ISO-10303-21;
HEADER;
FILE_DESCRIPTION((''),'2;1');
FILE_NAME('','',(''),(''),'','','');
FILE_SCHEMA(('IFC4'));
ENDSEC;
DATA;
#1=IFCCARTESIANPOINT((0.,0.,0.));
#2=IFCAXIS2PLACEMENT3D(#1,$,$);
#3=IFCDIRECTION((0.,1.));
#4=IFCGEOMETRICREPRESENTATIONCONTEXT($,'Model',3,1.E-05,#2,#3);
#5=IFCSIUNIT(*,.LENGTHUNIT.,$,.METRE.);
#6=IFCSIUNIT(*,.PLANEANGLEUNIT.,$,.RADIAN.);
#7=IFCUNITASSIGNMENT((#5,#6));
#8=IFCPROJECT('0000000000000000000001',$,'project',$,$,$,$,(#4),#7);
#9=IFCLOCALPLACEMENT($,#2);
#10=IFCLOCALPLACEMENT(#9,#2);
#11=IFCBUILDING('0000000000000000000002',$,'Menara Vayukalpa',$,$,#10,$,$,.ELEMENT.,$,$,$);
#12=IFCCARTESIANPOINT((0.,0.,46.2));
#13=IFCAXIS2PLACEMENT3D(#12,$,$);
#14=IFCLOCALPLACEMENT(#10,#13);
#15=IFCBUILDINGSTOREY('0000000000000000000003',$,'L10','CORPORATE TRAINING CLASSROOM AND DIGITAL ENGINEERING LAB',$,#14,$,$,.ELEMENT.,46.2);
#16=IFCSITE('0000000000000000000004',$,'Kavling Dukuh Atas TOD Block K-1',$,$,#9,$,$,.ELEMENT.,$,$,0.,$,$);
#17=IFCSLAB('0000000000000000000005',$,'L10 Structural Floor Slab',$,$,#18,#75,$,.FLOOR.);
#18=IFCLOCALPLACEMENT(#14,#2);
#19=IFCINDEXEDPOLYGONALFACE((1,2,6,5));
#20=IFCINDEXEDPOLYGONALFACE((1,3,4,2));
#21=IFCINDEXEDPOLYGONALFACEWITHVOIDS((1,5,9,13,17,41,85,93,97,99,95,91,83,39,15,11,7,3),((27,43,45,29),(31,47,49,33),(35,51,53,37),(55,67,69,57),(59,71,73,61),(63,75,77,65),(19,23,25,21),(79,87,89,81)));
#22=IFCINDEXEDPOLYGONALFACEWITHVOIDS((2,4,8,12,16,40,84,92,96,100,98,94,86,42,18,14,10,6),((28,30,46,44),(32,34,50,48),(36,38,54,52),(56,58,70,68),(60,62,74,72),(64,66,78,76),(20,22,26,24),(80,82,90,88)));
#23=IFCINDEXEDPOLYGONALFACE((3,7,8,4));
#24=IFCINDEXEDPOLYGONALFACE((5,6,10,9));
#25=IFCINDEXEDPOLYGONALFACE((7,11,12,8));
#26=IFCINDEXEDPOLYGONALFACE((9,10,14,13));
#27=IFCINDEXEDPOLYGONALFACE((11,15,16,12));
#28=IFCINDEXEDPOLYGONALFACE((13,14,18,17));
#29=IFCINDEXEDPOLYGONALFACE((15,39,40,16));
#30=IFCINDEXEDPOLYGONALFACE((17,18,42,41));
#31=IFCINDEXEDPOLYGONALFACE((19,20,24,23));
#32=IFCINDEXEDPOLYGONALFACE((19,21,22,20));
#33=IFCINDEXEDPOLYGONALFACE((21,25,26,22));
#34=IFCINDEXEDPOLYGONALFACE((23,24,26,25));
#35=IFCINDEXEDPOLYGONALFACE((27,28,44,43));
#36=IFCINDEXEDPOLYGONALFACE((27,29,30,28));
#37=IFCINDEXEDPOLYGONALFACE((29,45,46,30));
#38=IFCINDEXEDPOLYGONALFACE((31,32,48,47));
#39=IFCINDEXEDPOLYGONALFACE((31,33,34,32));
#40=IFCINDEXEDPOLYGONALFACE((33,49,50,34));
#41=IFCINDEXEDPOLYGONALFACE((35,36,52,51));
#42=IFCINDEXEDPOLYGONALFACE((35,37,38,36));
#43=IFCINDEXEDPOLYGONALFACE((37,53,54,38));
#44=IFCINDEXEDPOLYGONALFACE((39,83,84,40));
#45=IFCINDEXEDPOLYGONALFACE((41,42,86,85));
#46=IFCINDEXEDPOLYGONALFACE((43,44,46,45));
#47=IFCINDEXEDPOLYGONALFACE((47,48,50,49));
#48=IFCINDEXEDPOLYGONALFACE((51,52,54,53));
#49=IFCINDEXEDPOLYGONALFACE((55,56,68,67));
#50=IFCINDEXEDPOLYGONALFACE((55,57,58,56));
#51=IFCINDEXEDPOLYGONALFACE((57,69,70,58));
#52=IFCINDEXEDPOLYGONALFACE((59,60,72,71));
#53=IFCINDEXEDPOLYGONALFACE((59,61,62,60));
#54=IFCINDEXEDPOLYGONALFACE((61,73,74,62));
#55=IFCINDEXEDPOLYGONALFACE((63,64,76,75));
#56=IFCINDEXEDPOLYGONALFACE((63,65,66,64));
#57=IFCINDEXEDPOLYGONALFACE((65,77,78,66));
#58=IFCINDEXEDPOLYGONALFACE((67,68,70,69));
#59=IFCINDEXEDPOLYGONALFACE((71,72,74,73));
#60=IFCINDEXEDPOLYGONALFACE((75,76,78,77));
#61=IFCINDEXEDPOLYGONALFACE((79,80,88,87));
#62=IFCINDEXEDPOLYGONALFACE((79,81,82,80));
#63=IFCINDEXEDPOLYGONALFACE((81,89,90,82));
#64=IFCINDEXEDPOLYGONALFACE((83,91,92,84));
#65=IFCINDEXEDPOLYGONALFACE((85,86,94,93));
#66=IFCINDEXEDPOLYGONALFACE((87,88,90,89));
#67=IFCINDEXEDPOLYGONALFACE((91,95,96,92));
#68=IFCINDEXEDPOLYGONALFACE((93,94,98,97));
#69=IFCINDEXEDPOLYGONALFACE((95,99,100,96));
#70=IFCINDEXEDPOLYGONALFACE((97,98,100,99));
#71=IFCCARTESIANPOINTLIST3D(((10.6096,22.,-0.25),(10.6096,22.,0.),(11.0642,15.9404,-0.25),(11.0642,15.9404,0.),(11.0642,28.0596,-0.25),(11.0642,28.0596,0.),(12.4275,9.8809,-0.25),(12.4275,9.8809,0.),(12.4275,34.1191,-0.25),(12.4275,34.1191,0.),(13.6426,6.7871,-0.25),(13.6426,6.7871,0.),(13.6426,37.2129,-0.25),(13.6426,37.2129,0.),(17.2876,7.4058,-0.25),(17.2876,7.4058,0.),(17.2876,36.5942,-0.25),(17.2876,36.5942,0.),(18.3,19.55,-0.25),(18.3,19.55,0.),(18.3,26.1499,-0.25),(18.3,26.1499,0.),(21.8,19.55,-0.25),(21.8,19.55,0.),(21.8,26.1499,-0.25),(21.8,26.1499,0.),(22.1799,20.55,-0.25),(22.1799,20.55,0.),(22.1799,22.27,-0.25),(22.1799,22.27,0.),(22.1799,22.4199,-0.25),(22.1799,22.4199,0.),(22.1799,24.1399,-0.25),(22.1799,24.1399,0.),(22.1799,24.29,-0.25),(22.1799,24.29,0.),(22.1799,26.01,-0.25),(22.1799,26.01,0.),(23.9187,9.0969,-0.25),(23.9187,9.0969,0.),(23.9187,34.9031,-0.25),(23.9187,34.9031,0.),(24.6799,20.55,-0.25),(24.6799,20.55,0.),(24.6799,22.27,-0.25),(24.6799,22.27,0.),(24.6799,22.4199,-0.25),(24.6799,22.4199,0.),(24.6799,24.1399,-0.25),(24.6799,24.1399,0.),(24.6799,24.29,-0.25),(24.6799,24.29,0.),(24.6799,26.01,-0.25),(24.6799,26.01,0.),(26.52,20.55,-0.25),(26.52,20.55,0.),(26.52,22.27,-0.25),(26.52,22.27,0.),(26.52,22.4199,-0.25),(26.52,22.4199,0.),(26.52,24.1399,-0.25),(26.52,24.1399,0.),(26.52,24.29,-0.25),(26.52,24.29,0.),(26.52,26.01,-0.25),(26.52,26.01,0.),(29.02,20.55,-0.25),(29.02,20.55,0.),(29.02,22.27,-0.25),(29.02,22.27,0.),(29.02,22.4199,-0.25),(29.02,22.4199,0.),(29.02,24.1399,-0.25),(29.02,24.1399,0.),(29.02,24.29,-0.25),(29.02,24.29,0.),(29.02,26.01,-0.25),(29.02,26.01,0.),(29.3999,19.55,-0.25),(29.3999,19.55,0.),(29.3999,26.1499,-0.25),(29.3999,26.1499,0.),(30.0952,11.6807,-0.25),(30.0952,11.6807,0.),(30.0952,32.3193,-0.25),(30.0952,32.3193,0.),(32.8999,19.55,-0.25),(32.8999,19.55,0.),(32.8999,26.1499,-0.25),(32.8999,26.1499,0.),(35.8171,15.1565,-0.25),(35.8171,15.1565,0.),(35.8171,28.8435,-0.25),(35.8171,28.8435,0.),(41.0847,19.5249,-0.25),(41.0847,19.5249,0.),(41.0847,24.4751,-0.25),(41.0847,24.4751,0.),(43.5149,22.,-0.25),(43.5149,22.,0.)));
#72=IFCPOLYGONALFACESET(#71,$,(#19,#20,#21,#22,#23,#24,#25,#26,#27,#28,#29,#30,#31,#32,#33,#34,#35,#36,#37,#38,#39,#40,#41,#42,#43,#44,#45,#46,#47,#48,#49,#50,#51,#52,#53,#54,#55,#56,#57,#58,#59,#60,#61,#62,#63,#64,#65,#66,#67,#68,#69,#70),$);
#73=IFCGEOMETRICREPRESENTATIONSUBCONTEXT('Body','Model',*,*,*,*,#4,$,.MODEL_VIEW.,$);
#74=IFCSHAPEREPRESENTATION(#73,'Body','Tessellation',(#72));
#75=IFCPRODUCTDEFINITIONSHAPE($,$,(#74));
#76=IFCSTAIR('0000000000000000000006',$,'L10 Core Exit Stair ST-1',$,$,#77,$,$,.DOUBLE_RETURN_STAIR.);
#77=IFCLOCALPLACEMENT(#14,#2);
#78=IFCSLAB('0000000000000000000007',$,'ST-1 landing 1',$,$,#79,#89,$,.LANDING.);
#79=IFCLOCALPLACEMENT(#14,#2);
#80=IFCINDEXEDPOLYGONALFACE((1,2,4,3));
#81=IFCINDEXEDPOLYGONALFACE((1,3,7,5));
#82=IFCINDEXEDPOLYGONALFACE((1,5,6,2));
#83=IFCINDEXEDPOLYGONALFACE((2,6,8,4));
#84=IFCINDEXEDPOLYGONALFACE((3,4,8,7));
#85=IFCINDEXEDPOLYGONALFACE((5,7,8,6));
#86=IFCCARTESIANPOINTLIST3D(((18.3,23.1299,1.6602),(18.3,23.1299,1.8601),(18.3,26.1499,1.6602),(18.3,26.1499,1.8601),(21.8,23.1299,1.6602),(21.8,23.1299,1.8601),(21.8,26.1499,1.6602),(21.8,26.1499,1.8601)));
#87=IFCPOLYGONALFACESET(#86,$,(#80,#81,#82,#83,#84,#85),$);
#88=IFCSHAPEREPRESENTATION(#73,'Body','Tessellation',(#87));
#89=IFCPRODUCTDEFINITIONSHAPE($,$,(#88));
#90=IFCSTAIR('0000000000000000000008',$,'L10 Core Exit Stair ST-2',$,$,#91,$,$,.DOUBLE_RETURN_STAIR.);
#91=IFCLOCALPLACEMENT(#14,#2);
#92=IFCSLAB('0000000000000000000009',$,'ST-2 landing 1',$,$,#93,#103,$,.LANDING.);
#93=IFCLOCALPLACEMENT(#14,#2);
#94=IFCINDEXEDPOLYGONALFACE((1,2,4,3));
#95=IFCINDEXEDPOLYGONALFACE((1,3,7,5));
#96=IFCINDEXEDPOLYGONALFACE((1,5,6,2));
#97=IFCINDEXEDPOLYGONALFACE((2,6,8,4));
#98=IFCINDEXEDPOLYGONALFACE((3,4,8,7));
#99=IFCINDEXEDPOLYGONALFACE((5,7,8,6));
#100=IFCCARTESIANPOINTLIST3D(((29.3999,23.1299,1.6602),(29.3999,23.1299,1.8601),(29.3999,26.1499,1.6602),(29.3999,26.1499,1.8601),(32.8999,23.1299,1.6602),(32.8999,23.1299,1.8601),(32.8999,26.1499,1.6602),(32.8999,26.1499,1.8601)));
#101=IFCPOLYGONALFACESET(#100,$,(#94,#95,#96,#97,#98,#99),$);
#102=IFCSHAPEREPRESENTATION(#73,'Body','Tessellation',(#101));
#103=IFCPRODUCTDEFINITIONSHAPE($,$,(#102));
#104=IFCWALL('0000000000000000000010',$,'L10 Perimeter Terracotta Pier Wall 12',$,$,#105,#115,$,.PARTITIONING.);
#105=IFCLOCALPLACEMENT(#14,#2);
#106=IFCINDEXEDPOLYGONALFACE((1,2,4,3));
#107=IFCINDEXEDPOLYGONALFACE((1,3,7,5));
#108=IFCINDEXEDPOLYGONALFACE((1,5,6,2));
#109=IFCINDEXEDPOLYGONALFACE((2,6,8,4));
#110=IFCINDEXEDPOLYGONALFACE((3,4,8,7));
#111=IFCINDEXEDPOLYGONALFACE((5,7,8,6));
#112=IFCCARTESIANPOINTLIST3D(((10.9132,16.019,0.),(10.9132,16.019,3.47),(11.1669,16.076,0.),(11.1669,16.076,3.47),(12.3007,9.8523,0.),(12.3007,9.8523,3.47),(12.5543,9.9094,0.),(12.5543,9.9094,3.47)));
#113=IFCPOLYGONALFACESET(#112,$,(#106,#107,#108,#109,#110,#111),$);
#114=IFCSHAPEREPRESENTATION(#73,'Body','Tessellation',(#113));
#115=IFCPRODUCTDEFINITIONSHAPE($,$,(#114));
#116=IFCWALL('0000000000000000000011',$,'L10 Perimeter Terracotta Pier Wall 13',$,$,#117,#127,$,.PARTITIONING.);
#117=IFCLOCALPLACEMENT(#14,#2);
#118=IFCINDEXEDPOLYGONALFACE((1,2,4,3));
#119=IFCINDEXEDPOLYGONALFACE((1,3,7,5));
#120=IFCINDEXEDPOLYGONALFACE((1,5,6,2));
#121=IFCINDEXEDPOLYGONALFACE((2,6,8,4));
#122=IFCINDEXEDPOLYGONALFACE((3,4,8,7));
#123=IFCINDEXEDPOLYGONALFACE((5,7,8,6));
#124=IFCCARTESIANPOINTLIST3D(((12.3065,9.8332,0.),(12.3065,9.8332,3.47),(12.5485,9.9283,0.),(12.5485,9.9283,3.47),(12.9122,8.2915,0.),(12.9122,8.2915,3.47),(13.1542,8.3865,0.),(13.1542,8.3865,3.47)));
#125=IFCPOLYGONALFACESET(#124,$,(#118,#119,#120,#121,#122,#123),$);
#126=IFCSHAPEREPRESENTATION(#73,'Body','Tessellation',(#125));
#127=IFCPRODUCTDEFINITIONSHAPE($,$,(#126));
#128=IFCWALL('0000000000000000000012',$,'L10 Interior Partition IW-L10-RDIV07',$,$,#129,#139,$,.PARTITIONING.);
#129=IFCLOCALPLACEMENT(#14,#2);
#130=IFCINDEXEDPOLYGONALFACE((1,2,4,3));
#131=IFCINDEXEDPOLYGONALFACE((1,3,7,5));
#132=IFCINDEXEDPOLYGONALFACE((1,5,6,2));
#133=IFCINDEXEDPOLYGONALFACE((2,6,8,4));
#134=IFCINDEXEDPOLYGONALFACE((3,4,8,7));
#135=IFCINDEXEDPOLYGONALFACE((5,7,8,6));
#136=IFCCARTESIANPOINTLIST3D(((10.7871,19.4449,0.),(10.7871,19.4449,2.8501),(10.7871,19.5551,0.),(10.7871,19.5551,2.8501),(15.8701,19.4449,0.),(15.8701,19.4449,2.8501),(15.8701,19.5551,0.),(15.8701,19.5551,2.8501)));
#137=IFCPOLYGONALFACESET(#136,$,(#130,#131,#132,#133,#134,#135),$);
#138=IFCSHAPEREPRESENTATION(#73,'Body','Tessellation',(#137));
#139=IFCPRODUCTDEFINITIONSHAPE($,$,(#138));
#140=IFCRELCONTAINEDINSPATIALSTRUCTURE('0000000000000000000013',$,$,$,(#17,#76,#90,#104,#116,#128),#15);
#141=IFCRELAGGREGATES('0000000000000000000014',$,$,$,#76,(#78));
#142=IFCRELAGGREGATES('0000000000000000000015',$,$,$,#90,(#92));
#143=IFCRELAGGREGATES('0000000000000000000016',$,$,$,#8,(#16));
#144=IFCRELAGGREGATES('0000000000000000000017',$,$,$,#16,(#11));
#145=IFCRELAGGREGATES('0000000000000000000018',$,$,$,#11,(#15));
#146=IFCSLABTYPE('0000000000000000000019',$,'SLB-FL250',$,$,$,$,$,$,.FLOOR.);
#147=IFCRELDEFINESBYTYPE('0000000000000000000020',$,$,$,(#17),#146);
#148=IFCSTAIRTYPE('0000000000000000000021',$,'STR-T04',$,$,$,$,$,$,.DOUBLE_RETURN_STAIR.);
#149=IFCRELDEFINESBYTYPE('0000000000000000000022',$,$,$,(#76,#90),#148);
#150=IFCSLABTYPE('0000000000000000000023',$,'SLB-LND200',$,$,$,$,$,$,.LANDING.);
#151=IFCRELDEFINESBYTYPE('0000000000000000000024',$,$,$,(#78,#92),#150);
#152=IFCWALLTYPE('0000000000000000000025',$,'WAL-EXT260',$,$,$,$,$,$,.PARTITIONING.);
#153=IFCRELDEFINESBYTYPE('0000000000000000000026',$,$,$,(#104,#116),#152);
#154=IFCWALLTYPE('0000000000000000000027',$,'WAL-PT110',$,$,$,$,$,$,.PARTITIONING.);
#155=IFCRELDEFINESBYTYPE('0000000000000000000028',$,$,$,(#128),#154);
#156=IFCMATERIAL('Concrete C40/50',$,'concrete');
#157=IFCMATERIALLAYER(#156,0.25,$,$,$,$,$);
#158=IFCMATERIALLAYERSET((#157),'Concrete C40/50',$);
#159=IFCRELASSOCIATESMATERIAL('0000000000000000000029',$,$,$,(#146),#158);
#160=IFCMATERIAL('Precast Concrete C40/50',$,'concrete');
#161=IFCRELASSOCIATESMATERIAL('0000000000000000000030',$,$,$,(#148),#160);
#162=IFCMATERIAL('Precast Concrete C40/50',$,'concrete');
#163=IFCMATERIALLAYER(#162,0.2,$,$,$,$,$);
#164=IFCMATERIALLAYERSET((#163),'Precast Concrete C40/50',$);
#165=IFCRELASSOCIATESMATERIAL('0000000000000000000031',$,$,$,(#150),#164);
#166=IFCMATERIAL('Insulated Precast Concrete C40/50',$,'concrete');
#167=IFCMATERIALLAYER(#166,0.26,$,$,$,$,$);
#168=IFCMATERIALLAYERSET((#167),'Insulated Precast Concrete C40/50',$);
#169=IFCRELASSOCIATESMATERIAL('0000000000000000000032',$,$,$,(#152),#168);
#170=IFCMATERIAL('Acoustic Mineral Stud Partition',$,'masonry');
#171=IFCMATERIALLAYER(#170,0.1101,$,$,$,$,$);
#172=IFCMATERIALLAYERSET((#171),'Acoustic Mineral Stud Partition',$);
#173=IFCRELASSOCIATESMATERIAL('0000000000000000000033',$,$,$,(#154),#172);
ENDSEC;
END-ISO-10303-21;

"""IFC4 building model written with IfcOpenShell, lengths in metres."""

from ifc_helpers import new_model, si_unit, direction, frame, frame_2d, origin, place, context, subcontext, project, spatial, polyline, rectangle, outline, extrude, material, layer, layer_set, type_object, element, aggregate, save


model = new_model("IFC4")

# Units and contexts
model_context = context("Model", 3, precision=1e-05, world=origin(), true_north=direction((0.0, 1.0)))
body_context = subcontext(model_context, "Body", "Model", "MODEL_VIEW")
ifc_project = project(units=[si_unit("LENGTHUNIT", "METRE"), si_unit("PLANEANGLEUNIT", "RADIAN")], contexts=[model_context])

# Site, building, storey
site_placement = place(None, origin())
site = spatial("IfcSite", under=ifc_project, at=site_placement, Name="Kavling Dukuh Atas TOD Block K-1", CompositionType="ELEMENT", RefElevation=0.0)
building_placement = place(site_placement, origin())
building = spatial("IfcBuilding", under=site, at=building_placement, Name="Menara Vayukalpa", CompositionType="ELEMENT")
storey_placement = place(building_placement, frame((0.0, 0.0, 46.2)))
storey = spatial("IfcBuildingStorey", under=building, at=storey_placement, Name="L10", Description="CORPORATE TRAINING CLASSROOM AND DIGITAL ENGINEERING LAB", CompositionType="ELEMENT", Elevation=46.2)

# Slab
ifc_material_1 = material(Name="Concrete C40/50", Category="concrete")
ifc_layer_1 = layer(ifc_material_1, 0.25)
ifc_layer_set_1 = layer_set([ifc_layer_1], Name="Concrete C40/50")
slab_type_1 = type_object("IfcSlabType", Name="SLB-FL250", PredefinedType="FLOOR", material=ifc_layer_set_1)
slab_1_placement = place(storey_placement, frame((0.0, 0.0, -0.25)))
element("IfcSlab", 1, at=slab_1_placement, inside=storey, type_object=slab_type_1, Name="L10 Structural Floor Slab", PredefinedType="FLOOR", context=body_context, shape_type="SweptSolid", body=[
    extrude(outline(polyline([(41.0847, 19.5249), (43.5149, 22.0), (41.0847, 24.4751), (35.8171, 28.8435), (30.0952, 32.3193), (23.9187, 34.9031), (17.2876, 36.5942), (13.6426, 37.2129), (12.4275, 34.1191), (11.0642, 28.0596), (10.6096, 22.0), (11.0642, 15.9404), (12.4275, 9.8809), (13.6426, 6.7871), (17.2876, 7.4058), (23.9187, 9.0969), (30.0952, 11.6807), (35.8171, 15.1565), (41.0847, 19.5249)]), holes=[polyline([(21.8, 19.55), (21.8, 26.1499), (18.3, 26.1499), (18.3, 19.55), (21.8, 19.55)]), polyline([(32.8999, 19.55), (32.8999, 26.1499), (29.3999, 26.1499), (29.3999, 19.55), (32.8999, 19.55)]), polyline([(22.1799, 20.55), (24.6799, 20.55), (24.6799, 22.27), (22.1799, 22.27), (22.1799, 20.55)]), polyline([(26.52, 20.55), (29.02, 20.55), (29.02, 22.27), (26.52, 22.27), (26.52, 20.55)]), polyline([(22.1799, 22.4199), (24.6799, 22.4199), (24.6799, 24.1399), (22.1799, 24.1399), (22.1799, 22.4199)]), polyline([(22.1799, 24.29), (24.6799, 24.29), (24.6799, 26.01), (22.1799, 26.01), (22.1799, 24.29)]), polyline([(26.52, 24.29), (29.02, 24.29), (29.02, 26.01), (26.52, 26.01), (26.52, 24.29)]), polyline([(26.52, 22.4199), (29.02, 22.4199), (29.02, 24.1399), (26.52, 24.1399), (26.52, 22.4199)])]), origin(), (0.0, 0.0, 1.0), 0.25),
])

# Stairs, slabs
ifc_material_2 = material(Name="Precast Concrete C40/50", Category="concrete")
stair_type = type_object("IfcStairType", Name="STR-T04", PredefinedType="DOUBLE_RETURN_STAIR", material=ifc_material_2)
stair_1_placement = place(storey_placement, origin())
stair_1 = element("IfcStair", 2, at=stair_1_placement, inside=storey, type_object=stair_type, Name="L10 Core Exit Stair ST-1", PredefinedType="DOUBLE_RETURN_STAIR")
ifc_material_3 = material(Name="Precast Concrete C40/50", Category="concrete")
ifc_layer_2 = layer(ifc_material_3, 0.2)
ifc_layer_set_2 = layer_set([ifc_layer_2], Name="Precast Concrete C40/50")
slab_type_2 = type_object("IfcSlabType", Name="SLB-LND200", PredefinedType="LANDING", material=ifc_layer_set_2)
slab_2_placement = place(storey_placement, frame((0.0, 0.0, 1.6602)))
slab_2 = element("IfcSlab", 3, at=slab_2_placement, type_object=slab_type_2, Name="ST-1 landing 1", PredefinedType="LANDING", context=body_context, shape_type="SweptSolid", body=[
    extrude(outline(polyline([(21.8, 23.1299), (21.8, 26.1499), (18.3, 26.1499), (18.3, 23.1299), (21.8, 23.1299)])), origin(), (0.0, 0.0, 1.0), 0.2),
])
aggregate(stair_1, [slab_2])
stair_2_placement = place(storey_placement, origin())
stair_2 = element("IfcStair", 4, at=stair_2_placement, inside=storey, type_object=stair_type, Name="L10 Core Exit Stair ST-2", PredefinedType="DOUBLE_RETURN_STAIR")
slab_3_placement = place(storey_placement, frame((0.0, 0.0, 1.6602)))
slab_3 = element("IfcSlab", 5, at=slab_3_placement, type_object=slab_type_2, Name="ST-2 landing 1", PredefinedType="LANDING", context=body_context, shape_type="SweptSolid", body=[
    extrude(outline(polyline([(32.8999, 23.1299), (32.8999, 26.1499), (29.3999, 26.1499), (29.3999, 23.1299), (32.8999, 23.1299)])), origin(), (0.0, 0.0, 1.0), 0.2),
])
aggregate(stair_2, [slab_3])

# Walls
ifc_material_4 = material(Name="Insulated Precast Concrete C40/50", Category="concrete")
ifc_layer_3 = layer(ifc_material_4, 0.26)
ifc_layer_set_3 = layer_set([ifc_layer_3], Name="Insulated Precast Concrete C40/50")
wall_type_1 = type_object("IfcWallType", Name="WAL-EXT260", PredefinedType="PARTITIONING", material=ifc_layer_set_3)
wall_1_placement = place(storey_placement, frame((12.4275, 9.8809, 0.0), z_axis=(0.0, 0.0, 1.0), x_axis=(-0.219502, 0.975612, 0.0)))
element("IfcWall", 6, at=wall_1_placement, inside=storey, type_object=wall_type_1, Name="L10 Perimeter Terracotta Pier Wall 12", PredefinedType="PARTITIONING", context=body_context, shape_type="SweptSolid", body=[
    extrude(rectangle(XDim=6.3208, YDim=0.26, at=frame_2d((3.1604, 0.0))), origin(), (0.0, 0.0, 1.0), 3.47),
])
wall_2_placement = place(storey_placement, frame((13.0332, 8.3391, 0.0), z_axis=(0.0, 0.0, 1.0), x_axis=(-0.365666, 0.930746, 0.0)))
element("IfcWall", 7, at=wall_2_placement, inside=storey, type_object=wall_type_1, Name="L10 Perimeter Terracotta Pier Wall 13", PredefinedType="PARTITIONING", context=body_context, shape_type="SweptSolid", body=[
    extrude(rectangle(XDim=1.6565, YDim=0.26, at=frame_2d((0.8281, 0.0))), origin(), (0.0, 0.0, 1.0), 3.47),
])
ifc_material_5 = material(Name="Acoustic Mineral Stud Partition", Category="masonry")
ifc_layer_4 = layer(ifc_material_5, 0.1101)
ifc_layer_set_4 = layer_set([ifc_layer_4], Name="Acoustic Mineral Stud Partition")
wall_type_2 = type_object("IfcWallType", Name="WAL-PT110", PredefinedType="PARTITIONING", material=ifc_layer_set_4)
wall_3_placement = place(storey_placement, frame((10.7871, 19.5, 0.0), z_axis=(0.0, 0.0, 1.0), x_axis=(1.0, 0.0, 0.0)))
element("IfcWall", 8, at=wall_3_placement, inside=storey, type_object=wall_type_2, Name="L10 Interior Partition IW-L10-RDIV07", PredefinedType="PARTITIONING", context=body_context, shape_type="SweptSolid", body=[
    extrude(rectangle(XDim=5.083, YDim=0.1101, at=frame_2d((2.5415, 0.0))), origin(), (0.0, 0.0, 1.0), 2.8501),
])

save(model, "model.ifc")
